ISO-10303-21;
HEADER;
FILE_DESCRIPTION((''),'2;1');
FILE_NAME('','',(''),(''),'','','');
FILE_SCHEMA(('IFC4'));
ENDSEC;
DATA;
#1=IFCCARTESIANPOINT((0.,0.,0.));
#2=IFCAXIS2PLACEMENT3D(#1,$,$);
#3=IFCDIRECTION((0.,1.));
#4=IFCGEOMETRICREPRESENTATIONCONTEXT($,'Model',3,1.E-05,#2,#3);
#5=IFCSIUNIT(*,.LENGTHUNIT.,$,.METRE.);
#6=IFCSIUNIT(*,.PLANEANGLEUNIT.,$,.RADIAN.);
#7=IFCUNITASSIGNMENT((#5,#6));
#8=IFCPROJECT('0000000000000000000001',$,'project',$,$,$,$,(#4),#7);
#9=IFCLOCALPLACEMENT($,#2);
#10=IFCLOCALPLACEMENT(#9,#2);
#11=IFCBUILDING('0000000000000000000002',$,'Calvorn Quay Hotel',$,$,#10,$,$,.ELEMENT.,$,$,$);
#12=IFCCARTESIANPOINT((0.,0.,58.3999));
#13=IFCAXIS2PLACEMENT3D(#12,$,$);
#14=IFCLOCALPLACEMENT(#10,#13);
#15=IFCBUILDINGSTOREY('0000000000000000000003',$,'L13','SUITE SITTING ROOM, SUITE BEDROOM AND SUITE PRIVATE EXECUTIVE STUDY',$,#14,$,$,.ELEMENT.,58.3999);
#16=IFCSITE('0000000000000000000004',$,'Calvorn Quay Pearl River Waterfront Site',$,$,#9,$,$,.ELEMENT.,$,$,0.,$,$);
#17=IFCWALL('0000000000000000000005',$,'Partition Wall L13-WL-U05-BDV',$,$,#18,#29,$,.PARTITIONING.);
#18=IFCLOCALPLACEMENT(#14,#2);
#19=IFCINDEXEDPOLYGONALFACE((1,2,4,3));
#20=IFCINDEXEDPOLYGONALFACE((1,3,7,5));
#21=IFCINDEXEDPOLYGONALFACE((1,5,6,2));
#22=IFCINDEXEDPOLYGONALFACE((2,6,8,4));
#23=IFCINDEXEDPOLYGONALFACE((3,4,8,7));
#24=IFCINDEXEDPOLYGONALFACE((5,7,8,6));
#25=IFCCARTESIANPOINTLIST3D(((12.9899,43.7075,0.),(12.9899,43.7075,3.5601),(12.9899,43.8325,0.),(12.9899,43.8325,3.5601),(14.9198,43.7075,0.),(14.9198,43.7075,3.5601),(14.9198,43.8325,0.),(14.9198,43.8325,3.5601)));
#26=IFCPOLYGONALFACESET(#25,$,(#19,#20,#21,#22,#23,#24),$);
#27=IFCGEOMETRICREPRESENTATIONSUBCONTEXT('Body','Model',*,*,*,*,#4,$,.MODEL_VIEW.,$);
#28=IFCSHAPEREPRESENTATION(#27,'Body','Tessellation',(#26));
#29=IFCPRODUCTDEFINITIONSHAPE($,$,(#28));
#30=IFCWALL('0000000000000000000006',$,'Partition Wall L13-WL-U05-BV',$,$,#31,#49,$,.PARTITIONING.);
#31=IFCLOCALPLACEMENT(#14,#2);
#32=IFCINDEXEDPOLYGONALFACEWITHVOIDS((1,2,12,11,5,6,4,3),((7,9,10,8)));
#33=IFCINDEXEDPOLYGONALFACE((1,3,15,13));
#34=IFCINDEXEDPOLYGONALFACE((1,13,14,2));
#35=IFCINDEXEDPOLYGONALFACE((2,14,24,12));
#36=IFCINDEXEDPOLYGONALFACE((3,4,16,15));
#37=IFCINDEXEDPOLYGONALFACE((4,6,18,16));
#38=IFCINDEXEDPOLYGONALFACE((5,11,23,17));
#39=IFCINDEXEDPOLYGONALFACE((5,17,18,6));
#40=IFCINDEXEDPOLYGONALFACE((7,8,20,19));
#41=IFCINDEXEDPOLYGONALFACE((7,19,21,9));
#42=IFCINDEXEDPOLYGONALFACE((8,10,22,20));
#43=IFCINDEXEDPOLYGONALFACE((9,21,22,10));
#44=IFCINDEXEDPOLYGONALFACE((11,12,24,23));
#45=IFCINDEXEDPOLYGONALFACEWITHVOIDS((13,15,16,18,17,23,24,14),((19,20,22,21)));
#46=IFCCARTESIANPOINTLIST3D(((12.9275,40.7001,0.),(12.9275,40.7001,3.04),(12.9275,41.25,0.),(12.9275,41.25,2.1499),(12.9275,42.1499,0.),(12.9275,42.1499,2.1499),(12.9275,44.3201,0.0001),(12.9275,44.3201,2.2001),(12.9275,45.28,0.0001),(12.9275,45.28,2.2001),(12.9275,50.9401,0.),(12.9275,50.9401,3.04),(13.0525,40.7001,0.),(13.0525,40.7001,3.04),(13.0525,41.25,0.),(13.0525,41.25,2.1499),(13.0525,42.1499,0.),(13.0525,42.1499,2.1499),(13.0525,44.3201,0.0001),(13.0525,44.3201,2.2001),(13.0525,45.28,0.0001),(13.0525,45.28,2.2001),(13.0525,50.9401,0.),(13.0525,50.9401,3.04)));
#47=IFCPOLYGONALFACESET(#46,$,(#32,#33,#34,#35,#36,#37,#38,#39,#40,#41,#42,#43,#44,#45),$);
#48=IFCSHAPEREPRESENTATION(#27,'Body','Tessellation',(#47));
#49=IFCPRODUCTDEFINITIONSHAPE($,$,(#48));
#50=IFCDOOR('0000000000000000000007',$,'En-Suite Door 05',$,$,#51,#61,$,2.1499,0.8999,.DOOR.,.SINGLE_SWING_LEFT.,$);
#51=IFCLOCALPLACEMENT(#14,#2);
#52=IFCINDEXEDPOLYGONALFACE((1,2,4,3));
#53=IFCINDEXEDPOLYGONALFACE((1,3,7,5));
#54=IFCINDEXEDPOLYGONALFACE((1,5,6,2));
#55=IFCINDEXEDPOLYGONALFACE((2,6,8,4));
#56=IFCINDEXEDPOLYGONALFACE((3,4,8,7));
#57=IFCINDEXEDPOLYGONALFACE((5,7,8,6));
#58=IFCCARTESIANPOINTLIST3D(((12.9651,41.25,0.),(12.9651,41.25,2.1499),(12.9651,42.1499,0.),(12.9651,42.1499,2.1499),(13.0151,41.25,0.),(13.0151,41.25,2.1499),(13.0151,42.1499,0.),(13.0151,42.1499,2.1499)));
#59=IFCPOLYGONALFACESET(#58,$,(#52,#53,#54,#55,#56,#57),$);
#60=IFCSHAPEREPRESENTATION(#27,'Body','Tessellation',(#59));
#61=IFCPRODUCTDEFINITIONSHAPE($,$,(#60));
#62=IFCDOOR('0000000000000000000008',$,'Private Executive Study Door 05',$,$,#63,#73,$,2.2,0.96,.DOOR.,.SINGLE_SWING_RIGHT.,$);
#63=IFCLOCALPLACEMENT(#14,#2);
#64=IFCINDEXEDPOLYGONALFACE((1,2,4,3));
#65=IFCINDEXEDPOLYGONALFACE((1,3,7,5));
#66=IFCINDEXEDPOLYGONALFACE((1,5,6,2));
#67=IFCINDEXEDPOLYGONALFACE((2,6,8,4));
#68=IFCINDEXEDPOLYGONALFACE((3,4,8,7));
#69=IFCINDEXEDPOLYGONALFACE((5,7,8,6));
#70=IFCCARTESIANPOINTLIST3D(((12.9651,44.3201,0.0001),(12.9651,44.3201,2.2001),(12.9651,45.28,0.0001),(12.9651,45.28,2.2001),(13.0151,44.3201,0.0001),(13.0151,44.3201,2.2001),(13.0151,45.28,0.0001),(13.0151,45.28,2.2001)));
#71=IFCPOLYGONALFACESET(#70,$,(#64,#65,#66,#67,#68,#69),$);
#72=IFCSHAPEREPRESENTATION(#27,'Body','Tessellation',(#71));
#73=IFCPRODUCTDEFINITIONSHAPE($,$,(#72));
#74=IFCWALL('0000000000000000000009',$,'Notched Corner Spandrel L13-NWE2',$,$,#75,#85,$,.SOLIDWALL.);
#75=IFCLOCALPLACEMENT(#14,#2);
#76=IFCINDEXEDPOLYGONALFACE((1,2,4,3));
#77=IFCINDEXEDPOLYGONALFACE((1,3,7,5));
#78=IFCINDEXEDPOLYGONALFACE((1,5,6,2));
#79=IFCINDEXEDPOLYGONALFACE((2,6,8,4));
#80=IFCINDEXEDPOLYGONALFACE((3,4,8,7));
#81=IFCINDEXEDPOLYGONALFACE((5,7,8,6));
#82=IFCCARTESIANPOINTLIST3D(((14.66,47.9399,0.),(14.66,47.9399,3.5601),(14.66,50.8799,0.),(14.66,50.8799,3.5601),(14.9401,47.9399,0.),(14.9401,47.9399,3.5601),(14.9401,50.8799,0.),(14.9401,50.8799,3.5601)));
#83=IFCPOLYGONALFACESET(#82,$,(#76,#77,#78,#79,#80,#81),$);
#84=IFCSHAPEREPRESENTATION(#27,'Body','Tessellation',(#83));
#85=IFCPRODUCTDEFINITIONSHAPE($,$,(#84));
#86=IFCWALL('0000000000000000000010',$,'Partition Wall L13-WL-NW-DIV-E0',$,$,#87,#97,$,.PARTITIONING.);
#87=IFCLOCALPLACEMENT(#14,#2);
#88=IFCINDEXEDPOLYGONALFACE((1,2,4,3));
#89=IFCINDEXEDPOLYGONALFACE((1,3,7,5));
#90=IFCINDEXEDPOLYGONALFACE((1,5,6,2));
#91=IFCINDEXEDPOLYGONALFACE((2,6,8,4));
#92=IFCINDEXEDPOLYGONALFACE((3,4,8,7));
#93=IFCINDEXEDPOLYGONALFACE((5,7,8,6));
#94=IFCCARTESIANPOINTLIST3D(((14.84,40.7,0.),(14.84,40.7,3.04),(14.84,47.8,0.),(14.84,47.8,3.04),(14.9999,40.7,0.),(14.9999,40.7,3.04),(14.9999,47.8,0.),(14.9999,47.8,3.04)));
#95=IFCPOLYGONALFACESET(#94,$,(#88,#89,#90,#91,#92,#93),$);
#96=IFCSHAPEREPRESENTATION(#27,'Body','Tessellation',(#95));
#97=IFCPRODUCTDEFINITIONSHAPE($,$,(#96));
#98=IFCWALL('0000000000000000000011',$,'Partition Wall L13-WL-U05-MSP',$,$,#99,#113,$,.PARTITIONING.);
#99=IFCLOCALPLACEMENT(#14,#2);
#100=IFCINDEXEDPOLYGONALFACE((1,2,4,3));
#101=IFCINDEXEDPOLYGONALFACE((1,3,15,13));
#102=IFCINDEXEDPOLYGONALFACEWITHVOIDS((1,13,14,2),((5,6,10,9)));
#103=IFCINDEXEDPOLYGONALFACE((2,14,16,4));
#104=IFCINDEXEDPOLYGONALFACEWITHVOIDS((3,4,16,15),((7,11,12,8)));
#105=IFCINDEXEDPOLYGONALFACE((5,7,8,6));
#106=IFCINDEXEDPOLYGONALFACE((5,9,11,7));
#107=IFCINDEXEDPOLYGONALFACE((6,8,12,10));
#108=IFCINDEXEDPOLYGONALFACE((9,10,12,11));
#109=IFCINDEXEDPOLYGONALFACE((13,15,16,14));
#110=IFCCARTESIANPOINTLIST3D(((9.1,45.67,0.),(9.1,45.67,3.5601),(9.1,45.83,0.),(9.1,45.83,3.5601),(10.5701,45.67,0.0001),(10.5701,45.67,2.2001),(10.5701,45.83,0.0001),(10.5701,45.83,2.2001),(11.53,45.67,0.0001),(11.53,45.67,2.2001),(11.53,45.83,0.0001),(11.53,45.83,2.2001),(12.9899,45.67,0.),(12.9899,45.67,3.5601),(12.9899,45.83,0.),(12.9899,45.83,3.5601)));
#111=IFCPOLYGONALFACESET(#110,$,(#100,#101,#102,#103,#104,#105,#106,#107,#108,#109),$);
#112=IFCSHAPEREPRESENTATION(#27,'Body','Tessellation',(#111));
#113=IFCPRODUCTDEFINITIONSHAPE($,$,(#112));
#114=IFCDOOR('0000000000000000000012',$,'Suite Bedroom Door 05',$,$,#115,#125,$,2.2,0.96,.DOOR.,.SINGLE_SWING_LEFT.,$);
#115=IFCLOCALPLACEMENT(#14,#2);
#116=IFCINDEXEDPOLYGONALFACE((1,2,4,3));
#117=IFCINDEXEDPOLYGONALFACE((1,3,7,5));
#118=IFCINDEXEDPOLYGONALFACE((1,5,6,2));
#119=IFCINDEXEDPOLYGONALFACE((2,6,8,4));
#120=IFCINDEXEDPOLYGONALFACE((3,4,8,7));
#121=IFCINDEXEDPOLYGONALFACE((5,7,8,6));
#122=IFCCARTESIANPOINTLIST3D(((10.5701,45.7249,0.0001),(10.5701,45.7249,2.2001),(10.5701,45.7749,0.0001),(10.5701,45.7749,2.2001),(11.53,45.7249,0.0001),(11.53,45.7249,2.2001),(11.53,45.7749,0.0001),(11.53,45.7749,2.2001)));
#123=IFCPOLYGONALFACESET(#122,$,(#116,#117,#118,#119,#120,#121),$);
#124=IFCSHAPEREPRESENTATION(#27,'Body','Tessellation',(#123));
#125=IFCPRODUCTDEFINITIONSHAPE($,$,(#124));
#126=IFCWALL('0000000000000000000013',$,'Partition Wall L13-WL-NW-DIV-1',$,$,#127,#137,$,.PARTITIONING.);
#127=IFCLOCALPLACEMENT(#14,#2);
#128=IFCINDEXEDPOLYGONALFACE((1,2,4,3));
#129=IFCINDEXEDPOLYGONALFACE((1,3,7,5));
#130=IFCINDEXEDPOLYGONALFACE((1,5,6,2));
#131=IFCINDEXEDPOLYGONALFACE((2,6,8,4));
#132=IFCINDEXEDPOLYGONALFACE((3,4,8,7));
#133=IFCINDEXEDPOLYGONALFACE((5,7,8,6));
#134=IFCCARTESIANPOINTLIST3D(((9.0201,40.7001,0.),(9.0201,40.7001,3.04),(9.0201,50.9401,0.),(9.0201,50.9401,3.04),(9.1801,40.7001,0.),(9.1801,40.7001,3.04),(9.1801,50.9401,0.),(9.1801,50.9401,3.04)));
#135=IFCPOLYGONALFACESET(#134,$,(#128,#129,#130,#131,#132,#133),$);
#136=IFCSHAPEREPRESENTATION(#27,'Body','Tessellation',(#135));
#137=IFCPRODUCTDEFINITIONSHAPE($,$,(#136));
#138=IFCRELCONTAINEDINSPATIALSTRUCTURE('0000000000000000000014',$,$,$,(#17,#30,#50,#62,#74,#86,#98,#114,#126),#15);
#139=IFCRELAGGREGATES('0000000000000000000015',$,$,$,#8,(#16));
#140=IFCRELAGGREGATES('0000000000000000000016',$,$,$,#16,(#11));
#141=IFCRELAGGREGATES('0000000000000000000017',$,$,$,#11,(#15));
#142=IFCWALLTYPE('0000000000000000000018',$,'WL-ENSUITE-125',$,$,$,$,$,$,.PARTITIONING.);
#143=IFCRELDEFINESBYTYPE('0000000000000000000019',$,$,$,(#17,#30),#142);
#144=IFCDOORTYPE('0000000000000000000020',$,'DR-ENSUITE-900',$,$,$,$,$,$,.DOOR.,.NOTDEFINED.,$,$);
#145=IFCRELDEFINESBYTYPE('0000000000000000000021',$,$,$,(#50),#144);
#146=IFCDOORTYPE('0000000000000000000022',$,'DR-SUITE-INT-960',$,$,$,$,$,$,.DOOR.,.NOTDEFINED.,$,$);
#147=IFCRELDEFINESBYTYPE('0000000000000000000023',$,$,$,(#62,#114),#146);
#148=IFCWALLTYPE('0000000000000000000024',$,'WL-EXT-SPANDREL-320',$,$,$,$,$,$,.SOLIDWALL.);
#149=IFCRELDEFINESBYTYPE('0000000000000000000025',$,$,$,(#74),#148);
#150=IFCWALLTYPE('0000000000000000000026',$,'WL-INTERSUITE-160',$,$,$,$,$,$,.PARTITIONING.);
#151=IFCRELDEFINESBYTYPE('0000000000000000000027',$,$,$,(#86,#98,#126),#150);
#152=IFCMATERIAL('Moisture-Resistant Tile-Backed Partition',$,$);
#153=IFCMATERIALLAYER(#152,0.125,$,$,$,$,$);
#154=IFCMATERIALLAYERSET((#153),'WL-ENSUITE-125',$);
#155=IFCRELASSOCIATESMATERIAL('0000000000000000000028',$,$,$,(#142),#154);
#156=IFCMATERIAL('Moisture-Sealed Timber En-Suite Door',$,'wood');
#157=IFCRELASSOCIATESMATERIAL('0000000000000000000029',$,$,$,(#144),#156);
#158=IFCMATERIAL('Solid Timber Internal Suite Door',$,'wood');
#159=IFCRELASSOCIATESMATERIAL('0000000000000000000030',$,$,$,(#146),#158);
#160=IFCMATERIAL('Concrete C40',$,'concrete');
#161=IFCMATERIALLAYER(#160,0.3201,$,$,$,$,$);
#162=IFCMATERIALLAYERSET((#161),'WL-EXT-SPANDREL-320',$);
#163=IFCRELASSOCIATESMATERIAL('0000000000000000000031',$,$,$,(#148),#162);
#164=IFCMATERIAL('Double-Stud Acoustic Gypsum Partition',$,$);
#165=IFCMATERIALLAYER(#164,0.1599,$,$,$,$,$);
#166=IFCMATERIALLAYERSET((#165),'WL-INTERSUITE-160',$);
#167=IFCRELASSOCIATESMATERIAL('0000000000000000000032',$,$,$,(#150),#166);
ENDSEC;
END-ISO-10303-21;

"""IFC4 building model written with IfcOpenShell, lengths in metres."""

from ifc_helpers import new_model, si_unit, direction, frame, frame_2d, origin, place, context, subcontext, project, spatial, rectangle, extrude, material, layer, layer_set, type_object, element, fill, save


model = new_model("IFC4")

# Units and contexts
model_context = context("Model", 3, precision=1e-05, world=origin(), true_north=direction((0.0, 1.0)))
body_context = subcontext(model_context, "Body", "Model", "MODEL_VIEW")
ifc_project = project(units=[si_unit("LENGTHUNIT", "METRE"), si_unit("PLANEANGLEUNIT", "RADIAN")], contexts=[model_context])

# Site, building, storey
site_placement = place(None, origin())
site = spatial("IfcSite", under=ifc_project, at=site_placement, Name="Calvorn Quay Pearl River Waterfront Site", CompositionType="ELEMENT", RefElevation=0.0)
building_placement = place(site_placement, origin())
building = spatial("IfcBuilding", under=site, at=building_placement, Name="Calvorn Quay Hotel", CompositionType="ELEMENT")
storey_placement = place(building_placement, frame((0.0, 0.0, 58.3999)))
storey = spatial("IfcBuildingStorey", under=building, at=storey_placement, Name="L13", Description="SUITE SITTING ROOM, SUITE BEDROOM AND SUITE PRIVATE EXECUTIVE STUDY", CompositionType="ELEMENT", Elevation=58.3999)

# Shared definitions
ifc_material_1 = material(Name="Moisture-Resistant Tile-Backed Partition")
ifc_layer_1 = layer(ifc_material_1, 0.125)
ifc_layer_set_1 = layer_set([ifc_layer_1], Name="WL-ENSUITE-125")
wall_type_1 = type_object("IfcWallType", Name="WL-ENSUITE-125", PredefinedType="PARTITIONING", material=ifc_layer_set_1)

# Shared definitions
ifc_material_2 = material(Name="Moisture-Sealed Timber En-Suite Door", Category="wood")
door_type_1 = type_object("IfcDoorType", Name="DR-ENSUITE-900", OperationType="NOTDEFINED", PredefinedType="DOOR", material=ifc_material_2)
ifc_material_3 = material(Name="Solid Timber Internal Suite Door", Category="wood")
door_type_2 = type_object("IfcDoorType", Name="DR-SUITE-INT-960", OperationType="NOTDEFINED", PredefinedType="DOOR", material=ifc_material_3)

# Wall
wall_1_placement = place(storey_placement, frame((12.99, 43.77, 0.0), z_axis=(0.0, 0.0, 1.0), x_axis=(1.0, 0.0, 0.0)))
element("IfcWall", 1, at=wall_1_placement, inside=storey, type_object=wall_type_1, Name="Partition Wall L13-WL-U05-BDV", PredefinedType="PARTITIONING", context=body_context, shape_type="SweptSolid", body=[
    extrude(rectangle(XDim=1.9299, YDim=0.125, at=frame_2d((0.9648, 0.0))), origin(), (0.0, 0.0, 1.0), 3.5601),
])

# Wall, openings, doors
wall_2_placement = place(storey_placement, frame((12.99, 40.7, 0.0), z_axis=(0.0, 0.0, 1.0), x_axis=(0.0, 1.0, 0.0)))
wall_2 = element("IfcWall", 2, at=wall_2_placement, inside=storey, type_object=wall_type_1, Name="Partition Wall L13-WL-U05-BV", PredefinedType="PARTITIONING", context=body_context, shape_type="SweptSolid", body=[
    extrude(rectangle(XDim=10.24, YDim=0.125, at=frame_2d((5.1201, 0.0))), origin(), (0.0, 0.0, 1.0), 3.04),
])
opening_1_placement = place(wall_2_placement, frame((0.55, 0.0, 0.0)))
opening_1 = element("IfcOpeningElement", 3, at=opening_1_placement, cuts=wall_2, PredefinedType="OPENING", context=body_context, shape_type="SweptSolid", body=[
    extrude(rectangle(XDim=0.8999, YDim=2.1499, at=frame_2d((0.45, 1.075))), frame((0.0, 0.0725, 0.0), z_axis=(0.0, -1.0, 0.0), x_axis=(1.0, 0.0, 0.0)), (0.0, 0.0, 1.0), 0.145),
])
opening_2_placement = place(wall_2_placement, frame((3.6201, 0.0, 0.0)))
opening_2 = element("IfcOpeningElement", 4, at=opening_2_placement, cuts=wall_2, PredefinedType="OPENING", context=body_context, shape_type="SweptSolid", body=[
    extrude(rectangle(XDim=0.96, YDim=2.2, at=frame_2d((0.48, 1.1001))), frame((0.0, 0.0725, 0.0), z_axis=(0.0, -1.0, 0.0), x_axis=(1.0, 0.0, 0.0)), (0.0, 0.0, 1.0), 0.145),
])
door_1_placement = place(opening_1_placement, origin())
door_1 = element("IfcDoor", 5, at=door_1_placement, inside=storey, type_object=door_type_1, Name="En-Suite Door 05", OperationType="SINGLE_SWING_LEFT", OverallHeight=2.1499, OverallWidth=0.8999, PredefinedType="DOOR", context=body_context, shape_type="SweptSolid", body=[
    extrude(rectangle(XDim=0.8999, YDim=2.1499, at=frame_2d((0.45, 1.075))), frame((0.0, 0.0249, 0.0), z_axis=(0.0, -1.0, 0.0), x_axis=(1.0, 0.0, 0.0)), (0.0, 0.0, 1.0), 0.05),
])
fill(opening_1, door_1)
door_2_placement = place(opening_2_placement, origin())
door_2 = element("IfcDoor", 6, at=door_2_placement, inside=storey, type_object=door_type_2, Name="Private Executive Study Door 05", OperationType="SINGLE_SWING_RIGHT", OverallHeight=2.2, OverallWidth=0.96, PredefinedType="DOOR", context=body_context, shape_type="SweptSolid", body=[
    extrude(rectangle(XDim=0.96, YDim=2.2, at=frame_2d((0.48, 1.1001))), frame((0.0, 0.0249, 0.0), z_axis=(0.0, -1.0, 0.0), x_axis=(1.0, 0.0, 0.0)), (0.0, 0.0, 1.0), 0.05),
])
fill(opening_2, door_2)

# Walls
ifc_material_4 = material(Name="Concrete C40", Category="concrete")
ifc_layer_2 = layer(ifc_material_4, 0.3201)
ifc_layer_set_2 = layer_set([ifc_layer_2], Name="WL-EXT-SPANDREL-320")
wall_type_2 = type_object("IfcWallType", Name="WL-EXT-SPANDREL-320", PredefinedType="SOLIDWALL", material=ifc_layer_set_2)
wall_3_placement = place(storey_placement, frame((14.8, 47.9399, 0.0), z_axis=(0.0, 0.0, 1.0), x_axis=(0.0, 1.0, 0.0)))
element("IfcWall", 7, at=wall_3_placement, inside=storey, type_object=wall_type_2, Name="Notched Corner Spandrel L13-NWE2", PredefinedType="SOLIDWALL", context=body_context, shape_type="SweptSolid", body=[
    extrude(rectangle(XDim=2.9399, YDim=0.28, at=frame_2d((1.47, 0.0))), origin(), (0.0, 0.0, 1.0), 3.5601),
])
ifc_material_5 = material(Name="Double-Stud Acoustic Gypsum Partition")
ifc_layer_3 = layer(ifc_material_5, 0.1599)
ifc_layer_set_3 = layer_set([ifc_layer_3], Name="WL-INTERSUITE-160")
wall_type_3 = type_object("IfcWallType", Name="WL-INTERSUITE-160", PredefinedType="PARTITIONING", material=ifc_layer_set_3)
wall_4_placement = place(storey_placement, frame((14.9199, 40.7, 0.0), z_axis=(0.0, 0.0, 1.0), x_axis=(0.0, 1.0, 0.0)))
element("IfcWall", 8, at=wall_4_placement, inside=storey, type_object=wall_type_3, Name="Partition Wall L13-WL-NW-DIV-E0", PredefinedType="PARTITIONING", context=body_context, shape_type="SweptSolid", body=[
    extrude(rectangle(XDim=7.1001, YDim=0.1599, at=frame_2d((3.55, 0.0))), origin(), (0.0, 0.0, 1.0), 3.04),
])

# Wall, opening, door
wall_5_placement = place(storey_placement, frame((9.1001, 45.75, 0.0), z_axis=(0.0, 0.0, 1.0), x_axis=(1.0, 0.0, 0.0)))
wall_5 = element("IfcWall", 9, at=wall_5_placement, inside=storey, type_object=wall_type_3, Name="Partition Wall L13-WL-U05-MSP", PredefinedType="PARTITIONING", context=body_context, shape_type="SweptSolid", body=[
    extrude(rectangle(XDim=3.8899, YDim=0.1599, at=frame_2d((1.9448, 0.0))), origin(), (0.0, 0.0, 1.0), 3.5601),
])
opening_3_placement = place(wall_5_placement, frame((1.47, 0.0, 0.0)))
opening_3 = element("IfcOpeningElement", 10, at=opening_3_placement, cuts=wall_5, PredefinedType="OPENING", context=body_context, shape_type="SweptSolid", body=[
    extrude(rectangle(XDim=0.96, YDim=2.2, at=frame_2d((0.48, 1.1001))), frame((0.0, 0.0898, 0.0), z_axis=(0.0, -1.0, 0.0), x_axis=(1.0, 0.0, 0.0)), (0.0, 0.0, 1.0), 0.1799),
])
door_3_placement = place(opening_3_placement, origin())
door_3 = element("IfcDoor", 11, at=door_3_placement, inside=storey, type_object=door_type_2, Name="Suite Bedroom Door 05", OperationType="SINGLE_SWING_LEFT", OverallHeight=2.2, OverallWidth=0.96, PredefinedType="DOOR", context=body_context, shape_type="SweptSolid", body=[
    extrude(rectangle(XDim=0.96, YDim=2.2, at=frame_2d((0.48, 1.1001))), frame((0.0, 0.0249, 0.0), z_axis=(0.0, -1.0, 0.0), x_axis=(1.0, 0.0, 0.0)), (0.0, 0.0, 1.0), 0.05),
])
fill(opening_3, door_3)

# Wall
wall_6_placement = place(storey_placement, frame((9.1001, 40.7, 0.0), z_axis=(0.0, 0.0, 1.0), x_axis=(0.0, 1.0, 0.0)))
element("IfcWall", 12, at=wall_6_placement, inside=storey, type_object=wall_type_3, Name="Partition Wall L13-WL-NW-DIV-1", PredefinedType="PARTITIONING", context=body_context, shape_type="SweptSolid", body=[
    extrude(rectangle(XDim=10.24, YDim=0.1599, at=frame_2d((5.1201, 0.0))), origin(), (0.0, 0.0, 1.0), 3.04),
])

save(model, "model.ifc")
